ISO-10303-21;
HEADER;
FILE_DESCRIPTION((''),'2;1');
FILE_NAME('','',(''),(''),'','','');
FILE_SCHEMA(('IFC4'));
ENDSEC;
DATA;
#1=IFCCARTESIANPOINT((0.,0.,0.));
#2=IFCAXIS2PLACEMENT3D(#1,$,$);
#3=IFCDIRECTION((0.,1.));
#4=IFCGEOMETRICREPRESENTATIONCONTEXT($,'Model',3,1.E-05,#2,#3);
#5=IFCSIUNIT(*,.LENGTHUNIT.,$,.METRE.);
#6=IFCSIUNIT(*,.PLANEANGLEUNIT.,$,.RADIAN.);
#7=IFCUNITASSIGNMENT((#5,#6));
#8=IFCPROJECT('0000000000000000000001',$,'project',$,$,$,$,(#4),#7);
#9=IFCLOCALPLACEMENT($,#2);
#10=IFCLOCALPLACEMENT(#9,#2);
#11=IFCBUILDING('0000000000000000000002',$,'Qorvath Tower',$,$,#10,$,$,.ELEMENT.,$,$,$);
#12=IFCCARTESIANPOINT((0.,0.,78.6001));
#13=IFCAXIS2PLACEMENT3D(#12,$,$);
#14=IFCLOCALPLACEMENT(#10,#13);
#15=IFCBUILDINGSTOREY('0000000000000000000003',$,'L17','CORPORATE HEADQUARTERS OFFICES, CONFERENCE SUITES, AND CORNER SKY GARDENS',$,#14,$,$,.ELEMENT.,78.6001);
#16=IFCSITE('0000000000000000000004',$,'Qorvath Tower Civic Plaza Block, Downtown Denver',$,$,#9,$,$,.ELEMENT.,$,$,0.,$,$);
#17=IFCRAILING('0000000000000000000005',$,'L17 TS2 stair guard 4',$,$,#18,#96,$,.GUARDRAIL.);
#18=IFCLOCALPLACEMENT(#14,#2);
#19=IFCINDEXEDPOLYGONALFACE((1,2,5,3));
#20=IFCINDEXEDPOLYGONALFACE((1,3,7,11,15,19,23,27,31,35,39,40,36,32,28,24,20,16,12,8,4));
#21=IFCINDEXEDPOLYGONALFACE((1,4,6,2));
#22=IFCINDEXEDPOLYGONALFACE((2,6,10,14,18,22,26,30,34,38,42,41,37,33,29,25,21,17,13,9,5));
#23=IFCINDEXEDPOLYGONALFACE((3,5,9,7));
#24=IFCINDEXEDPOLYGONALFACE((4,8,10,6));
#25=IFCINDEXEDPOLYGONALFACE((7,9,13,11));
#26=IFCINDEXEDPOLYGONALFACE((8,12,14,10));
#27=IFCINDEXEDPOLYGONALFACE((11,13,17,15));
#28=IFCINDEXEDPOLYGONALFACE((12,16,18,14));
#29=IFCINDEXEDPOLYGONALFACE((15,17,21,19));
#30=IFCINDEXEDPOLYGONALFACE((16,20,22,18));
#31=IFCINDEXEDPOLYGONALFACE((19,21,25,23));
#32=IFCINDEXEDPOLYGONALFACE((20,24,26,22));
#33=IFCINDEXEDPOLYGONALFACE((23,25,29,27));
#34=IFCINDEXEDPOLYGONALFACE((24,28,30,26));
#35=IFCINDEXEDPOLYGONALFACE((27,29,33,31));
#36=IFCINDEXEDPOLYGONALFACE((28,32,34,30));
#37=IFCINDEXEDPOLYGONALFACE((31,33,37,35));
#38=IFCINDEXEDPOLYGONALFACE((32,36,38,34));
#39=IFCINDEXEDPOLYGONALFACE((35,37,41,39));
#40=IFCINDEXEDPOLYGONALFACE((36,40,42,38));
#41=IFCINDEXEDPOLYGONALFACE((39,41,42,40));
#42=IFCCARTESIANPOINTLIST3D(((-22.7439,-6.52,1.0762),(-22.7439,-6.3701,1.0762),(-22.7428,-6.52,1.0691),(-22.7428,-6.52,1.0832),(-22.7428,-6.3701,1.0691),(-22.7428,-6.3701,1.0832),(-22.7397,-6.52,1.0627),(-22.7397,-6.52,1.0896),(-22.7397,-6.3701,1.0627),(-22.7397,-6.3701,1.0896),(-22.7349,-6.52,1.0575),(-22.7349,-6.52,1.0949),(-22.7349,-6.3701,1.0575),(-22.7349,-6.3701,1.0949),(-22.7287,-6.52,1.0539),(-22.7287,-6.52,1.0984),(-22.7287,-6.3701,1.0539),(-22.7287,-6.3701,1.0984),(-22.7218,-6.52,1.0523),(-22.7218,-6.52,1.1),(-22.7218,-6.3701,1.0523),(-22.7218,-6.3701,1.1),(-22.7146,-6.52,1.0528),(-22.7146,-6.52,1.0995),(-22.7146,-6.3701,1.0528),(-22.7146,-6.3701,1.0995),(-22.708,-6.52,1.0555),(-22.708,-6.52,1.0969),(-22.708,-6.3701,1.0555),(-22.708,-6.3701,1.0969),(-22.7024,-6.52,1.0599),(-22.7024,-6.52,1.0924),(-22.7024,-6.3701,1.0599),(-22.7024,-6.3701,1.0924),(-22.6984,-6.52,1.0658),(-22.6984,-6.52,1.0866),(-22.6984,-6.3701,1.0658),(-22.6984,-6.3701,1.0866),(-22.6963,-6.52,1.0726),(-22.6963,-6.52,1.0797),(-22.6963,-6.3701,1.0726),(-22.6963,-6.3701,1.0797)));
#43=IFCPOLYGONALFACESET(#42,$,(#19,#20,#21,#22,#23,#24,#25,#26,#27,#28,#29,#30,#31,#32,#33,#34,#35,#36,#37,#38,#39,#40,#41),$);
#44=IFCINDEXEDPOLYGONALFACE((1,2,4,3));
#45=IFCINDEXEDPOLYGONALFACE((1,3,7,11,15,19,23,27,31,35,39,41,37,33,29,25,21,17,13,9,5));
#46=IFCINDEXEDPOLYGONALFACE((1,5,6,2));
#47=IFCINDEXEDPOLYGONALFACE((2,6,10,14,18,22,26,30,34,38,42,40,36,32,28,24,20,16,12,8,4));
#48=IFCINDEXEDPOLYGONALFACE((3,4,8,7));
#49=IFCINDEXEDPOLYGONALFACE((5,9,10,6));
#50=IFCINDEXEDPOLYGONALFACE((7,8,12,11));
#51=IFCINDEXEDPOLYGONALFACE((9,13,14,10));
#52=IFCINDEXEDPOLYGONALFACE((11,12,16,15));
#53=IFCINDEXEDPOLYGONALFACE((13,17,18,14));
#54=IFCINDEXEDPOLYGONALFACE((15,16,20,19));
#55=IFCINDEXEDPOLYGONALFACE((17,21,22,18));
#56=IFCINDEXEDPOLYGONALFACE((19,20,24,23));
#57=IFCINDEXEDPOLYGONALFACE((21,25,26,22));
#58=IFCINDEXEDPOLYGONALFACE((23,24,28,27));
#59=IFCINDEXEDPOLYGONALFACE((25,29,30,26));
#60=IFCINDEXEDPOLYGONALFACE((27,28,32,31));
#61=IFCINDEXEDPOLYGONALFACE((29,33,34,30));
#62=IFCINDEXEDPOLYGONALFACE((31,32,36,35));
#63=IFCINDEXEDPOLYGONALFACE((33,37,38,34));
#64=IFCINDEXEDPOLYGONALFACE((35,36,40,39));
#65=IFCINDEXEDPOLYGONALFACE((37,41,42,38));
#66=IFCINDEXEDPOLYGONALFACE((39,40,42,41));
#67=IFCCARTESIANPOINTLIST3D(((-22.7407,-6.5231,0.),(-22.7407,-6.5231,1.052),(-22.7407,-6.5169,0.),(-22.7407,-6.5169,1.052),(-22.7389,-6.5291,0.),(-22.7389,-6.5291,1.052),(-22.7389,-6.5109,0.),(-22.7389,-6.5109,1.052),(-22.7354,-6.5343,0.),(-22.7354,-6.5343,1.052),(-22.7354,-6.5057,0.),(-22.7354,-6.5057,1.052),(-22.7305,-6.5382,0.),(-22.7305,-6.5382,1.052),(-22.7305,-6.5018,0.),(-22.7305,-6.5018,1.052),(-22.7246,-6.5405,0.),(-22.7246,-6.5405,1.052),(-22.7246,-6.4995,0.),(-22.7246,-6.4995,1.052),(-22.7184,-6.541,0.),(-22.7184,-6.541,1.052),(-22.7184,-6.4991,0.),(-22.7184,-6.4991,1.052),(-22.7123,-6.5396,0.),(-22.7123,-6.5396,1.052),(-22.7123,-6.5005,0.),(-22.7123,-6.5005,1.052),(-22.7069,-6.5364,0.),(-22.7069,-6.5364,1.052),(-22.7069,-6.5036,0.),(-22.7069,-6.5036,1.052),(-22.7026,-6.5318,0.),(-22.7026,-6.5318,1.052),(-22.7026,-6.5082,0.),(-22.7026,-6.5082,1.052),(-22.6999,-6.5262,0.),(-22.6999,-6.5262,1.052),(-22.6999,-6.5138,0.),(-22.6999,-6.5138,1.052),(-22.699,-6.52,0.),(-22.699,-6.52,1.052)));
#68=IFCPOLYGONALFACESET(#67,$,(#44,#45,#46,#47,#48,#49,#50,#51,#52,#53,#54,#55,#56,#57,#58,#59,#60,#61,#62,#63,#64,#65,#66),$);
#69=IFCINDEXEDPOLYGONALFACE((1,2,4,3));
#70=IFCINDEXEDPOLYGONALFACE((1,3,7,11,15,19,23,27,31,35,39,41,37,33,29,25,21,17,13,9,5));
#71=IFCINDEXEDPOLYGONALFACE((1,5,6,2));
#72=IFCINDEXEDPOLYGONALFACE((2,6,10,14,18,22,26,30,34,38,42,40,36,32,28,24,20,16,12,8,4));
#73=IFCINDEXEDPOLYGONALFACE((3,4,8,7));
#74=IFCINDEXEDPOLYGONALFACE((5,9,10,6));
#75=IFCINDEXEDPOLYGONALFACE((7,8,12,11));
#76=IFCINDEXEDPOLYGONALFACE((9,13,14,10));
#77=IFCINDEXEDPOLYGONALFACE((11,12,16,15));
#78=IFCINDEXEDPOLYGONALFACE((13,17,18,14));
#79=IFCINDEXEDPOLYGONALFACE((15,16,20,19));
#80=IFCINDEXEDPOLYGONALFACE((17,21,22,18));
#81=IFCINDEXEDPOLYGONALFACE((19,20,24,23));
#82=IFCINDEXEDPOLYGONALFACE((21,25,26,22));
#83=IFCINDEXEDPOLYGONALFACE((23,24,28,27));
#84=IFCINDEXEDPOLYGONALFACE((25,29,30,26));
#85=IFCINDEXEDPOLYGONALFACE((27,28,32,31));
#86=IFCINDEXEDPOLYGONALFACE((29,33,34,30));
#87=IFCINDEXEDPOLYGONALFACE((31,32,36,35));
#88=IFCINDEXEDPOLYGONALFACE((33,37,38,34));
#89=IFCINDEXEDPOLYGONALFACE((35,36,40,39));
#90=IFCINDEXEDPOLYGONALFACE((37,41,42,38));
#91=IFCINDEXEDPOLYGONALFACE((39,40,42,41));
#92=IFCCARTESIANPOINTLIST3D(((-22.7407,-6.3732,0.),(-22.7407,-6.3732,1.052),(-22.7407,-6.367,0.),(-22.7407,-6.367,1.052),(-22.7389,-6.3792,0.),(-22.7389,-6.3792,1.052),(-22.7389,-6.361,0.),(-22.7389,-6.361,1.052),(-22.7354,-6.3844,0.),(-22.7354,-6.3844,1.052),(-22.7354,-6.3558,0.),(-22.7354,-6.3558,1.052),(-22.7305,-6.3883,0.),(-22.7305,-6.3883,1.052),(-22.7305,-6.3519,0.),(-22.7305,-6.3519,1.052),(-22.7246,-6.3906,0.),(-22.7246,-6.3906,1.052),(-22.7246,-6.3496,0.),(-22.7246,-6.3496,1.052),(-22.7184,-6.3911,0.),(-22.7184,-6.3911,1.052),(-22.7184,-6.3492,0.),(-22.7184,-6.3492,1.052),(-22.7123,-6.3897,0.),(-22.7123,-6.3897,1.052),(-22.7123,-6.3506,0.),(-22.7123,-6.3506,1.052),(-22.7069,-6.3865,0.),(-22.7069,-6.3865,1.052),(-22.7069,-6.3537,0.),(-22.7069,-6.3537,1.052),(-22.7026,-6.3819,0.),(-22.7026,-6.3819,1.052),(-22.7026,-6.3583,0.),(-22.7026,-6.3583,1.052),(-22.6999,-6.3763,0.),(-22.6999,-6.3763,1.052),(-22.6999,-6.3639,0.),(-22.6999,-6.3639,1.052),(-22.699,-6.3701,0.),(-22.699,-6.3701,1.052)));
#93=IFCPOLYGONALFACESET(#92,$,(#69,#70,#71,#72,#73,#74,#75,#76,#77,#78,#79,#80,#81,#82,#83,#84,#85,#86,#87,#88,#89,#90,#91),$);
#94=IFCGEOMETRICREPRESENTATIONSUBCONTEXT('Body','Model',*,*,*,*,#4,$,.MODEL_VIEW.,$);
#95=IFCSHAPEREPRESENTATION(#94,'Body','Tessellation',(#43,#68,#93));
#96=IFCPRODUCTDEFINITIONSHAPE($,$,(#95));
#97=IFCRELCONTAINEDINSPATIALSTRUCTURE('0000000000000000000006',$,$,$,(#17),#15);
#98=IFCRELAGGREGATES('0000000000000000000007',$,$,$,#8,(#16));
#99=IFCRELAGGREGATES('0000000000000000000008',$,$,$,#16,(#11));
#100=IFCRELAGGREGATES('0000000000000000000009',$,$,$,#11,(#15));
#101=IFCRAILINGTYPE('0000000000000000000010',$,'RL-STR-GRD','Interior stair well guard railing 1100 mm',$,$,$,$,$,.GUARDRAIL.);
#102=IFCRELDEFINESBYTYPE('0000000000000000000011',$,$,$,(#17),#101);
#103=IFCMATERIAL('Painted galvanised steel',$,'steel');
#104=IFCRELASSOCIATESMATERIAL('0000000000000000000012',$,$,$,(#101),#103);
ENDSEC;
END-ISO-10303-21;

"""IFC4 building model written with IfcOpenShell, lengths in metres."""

from ifc_helpers import new_model, si_unit, direction, frame, origin, origin_2d, place, context, subcontext, project, spatial, circle, extrude, material, type_object, element, save


model = new_model("IFC4")

# Units and contexts
model_context = context("Model", 3, precision=1e-05, world=origin(), true_north=direction((0.0, 1.0)))
body_context = subcontext(model_context, "Body", "Model", "MODEL_VIEW")
ifc_project = project(units=[si_unit("LENGTHUNIT", "METRE"), si_unit("PLANEANGLEUNIT", "RADIAN")], contexts=[model_context])

# Site, building, storey
site_placement = place(None, origin())
site = spatial("IfcSite", under=ifc_project, at=site_placement, Name="Qorvath Tower Civic Plaza Block, Downtown Denver", CompositionType="ELEMENT", RefElevation=0.0)
building_placement = place(site_placement, origin())
building = spatial("IfcBuilding", under=site, at=building_placement, Name="Qorvath Tower", CompositionType="ELEMENT")
storey_placement = place(building_placement, frame((0.0, 0.0, 78.6001)))
storey = spatial("IfcBuildingStorey", under=building, at=storey_placement, Name="L17", Description="CORPORATE HEADQUARTERS OFFICES, CONFERENCE SUITES, AND CORNER SKY GARDENS", CompositionType="ELEMENT", Elevation=78.6001)

# Railing
ifc_material_1 = material(Name="Painted galvanised steel", Category="steel")
railing_type_1 = type_object("IfcRailingType", Name="RL-STR-GRD", Description="Interior stair well guard railing 1100 mm", PredefinedType="GUARDRAIL", material=ifc_material_1)
railing_1_placement = place(storey_placement, frame((-22.72, -6.52, 0.0)))
element("IfcRailing", 1, at=railing_1_placement, inside=storey, type_object=railing_type_1, Name="L17 TS2 stair guard 4", PredefinedType="GUARDRAIL", context=body_context, shape_type="SweptSolid", body=[
    extrude(circle(Radius=0.0239, at=origin_2d()), frame((0.0, 0.0, 1.0762), z_axis=(0.0, 1.0, 0.0), x_axis=(-1.0, 0.0, 0.0)), (0.0, 0.0, 1.0), 0.1499),
    extrude(circle(Radius=0.021, at=origin_2d()), origin(), (0.0, 0.0, 1.0), 1.052),
    extrude(circle(Radius=0.021, at=origin_2d()), frame((0.0, 0.1499, 0.0)), (0.0, 0.0, 1.0), 1.052),
])

save(model, "model.ifc")
